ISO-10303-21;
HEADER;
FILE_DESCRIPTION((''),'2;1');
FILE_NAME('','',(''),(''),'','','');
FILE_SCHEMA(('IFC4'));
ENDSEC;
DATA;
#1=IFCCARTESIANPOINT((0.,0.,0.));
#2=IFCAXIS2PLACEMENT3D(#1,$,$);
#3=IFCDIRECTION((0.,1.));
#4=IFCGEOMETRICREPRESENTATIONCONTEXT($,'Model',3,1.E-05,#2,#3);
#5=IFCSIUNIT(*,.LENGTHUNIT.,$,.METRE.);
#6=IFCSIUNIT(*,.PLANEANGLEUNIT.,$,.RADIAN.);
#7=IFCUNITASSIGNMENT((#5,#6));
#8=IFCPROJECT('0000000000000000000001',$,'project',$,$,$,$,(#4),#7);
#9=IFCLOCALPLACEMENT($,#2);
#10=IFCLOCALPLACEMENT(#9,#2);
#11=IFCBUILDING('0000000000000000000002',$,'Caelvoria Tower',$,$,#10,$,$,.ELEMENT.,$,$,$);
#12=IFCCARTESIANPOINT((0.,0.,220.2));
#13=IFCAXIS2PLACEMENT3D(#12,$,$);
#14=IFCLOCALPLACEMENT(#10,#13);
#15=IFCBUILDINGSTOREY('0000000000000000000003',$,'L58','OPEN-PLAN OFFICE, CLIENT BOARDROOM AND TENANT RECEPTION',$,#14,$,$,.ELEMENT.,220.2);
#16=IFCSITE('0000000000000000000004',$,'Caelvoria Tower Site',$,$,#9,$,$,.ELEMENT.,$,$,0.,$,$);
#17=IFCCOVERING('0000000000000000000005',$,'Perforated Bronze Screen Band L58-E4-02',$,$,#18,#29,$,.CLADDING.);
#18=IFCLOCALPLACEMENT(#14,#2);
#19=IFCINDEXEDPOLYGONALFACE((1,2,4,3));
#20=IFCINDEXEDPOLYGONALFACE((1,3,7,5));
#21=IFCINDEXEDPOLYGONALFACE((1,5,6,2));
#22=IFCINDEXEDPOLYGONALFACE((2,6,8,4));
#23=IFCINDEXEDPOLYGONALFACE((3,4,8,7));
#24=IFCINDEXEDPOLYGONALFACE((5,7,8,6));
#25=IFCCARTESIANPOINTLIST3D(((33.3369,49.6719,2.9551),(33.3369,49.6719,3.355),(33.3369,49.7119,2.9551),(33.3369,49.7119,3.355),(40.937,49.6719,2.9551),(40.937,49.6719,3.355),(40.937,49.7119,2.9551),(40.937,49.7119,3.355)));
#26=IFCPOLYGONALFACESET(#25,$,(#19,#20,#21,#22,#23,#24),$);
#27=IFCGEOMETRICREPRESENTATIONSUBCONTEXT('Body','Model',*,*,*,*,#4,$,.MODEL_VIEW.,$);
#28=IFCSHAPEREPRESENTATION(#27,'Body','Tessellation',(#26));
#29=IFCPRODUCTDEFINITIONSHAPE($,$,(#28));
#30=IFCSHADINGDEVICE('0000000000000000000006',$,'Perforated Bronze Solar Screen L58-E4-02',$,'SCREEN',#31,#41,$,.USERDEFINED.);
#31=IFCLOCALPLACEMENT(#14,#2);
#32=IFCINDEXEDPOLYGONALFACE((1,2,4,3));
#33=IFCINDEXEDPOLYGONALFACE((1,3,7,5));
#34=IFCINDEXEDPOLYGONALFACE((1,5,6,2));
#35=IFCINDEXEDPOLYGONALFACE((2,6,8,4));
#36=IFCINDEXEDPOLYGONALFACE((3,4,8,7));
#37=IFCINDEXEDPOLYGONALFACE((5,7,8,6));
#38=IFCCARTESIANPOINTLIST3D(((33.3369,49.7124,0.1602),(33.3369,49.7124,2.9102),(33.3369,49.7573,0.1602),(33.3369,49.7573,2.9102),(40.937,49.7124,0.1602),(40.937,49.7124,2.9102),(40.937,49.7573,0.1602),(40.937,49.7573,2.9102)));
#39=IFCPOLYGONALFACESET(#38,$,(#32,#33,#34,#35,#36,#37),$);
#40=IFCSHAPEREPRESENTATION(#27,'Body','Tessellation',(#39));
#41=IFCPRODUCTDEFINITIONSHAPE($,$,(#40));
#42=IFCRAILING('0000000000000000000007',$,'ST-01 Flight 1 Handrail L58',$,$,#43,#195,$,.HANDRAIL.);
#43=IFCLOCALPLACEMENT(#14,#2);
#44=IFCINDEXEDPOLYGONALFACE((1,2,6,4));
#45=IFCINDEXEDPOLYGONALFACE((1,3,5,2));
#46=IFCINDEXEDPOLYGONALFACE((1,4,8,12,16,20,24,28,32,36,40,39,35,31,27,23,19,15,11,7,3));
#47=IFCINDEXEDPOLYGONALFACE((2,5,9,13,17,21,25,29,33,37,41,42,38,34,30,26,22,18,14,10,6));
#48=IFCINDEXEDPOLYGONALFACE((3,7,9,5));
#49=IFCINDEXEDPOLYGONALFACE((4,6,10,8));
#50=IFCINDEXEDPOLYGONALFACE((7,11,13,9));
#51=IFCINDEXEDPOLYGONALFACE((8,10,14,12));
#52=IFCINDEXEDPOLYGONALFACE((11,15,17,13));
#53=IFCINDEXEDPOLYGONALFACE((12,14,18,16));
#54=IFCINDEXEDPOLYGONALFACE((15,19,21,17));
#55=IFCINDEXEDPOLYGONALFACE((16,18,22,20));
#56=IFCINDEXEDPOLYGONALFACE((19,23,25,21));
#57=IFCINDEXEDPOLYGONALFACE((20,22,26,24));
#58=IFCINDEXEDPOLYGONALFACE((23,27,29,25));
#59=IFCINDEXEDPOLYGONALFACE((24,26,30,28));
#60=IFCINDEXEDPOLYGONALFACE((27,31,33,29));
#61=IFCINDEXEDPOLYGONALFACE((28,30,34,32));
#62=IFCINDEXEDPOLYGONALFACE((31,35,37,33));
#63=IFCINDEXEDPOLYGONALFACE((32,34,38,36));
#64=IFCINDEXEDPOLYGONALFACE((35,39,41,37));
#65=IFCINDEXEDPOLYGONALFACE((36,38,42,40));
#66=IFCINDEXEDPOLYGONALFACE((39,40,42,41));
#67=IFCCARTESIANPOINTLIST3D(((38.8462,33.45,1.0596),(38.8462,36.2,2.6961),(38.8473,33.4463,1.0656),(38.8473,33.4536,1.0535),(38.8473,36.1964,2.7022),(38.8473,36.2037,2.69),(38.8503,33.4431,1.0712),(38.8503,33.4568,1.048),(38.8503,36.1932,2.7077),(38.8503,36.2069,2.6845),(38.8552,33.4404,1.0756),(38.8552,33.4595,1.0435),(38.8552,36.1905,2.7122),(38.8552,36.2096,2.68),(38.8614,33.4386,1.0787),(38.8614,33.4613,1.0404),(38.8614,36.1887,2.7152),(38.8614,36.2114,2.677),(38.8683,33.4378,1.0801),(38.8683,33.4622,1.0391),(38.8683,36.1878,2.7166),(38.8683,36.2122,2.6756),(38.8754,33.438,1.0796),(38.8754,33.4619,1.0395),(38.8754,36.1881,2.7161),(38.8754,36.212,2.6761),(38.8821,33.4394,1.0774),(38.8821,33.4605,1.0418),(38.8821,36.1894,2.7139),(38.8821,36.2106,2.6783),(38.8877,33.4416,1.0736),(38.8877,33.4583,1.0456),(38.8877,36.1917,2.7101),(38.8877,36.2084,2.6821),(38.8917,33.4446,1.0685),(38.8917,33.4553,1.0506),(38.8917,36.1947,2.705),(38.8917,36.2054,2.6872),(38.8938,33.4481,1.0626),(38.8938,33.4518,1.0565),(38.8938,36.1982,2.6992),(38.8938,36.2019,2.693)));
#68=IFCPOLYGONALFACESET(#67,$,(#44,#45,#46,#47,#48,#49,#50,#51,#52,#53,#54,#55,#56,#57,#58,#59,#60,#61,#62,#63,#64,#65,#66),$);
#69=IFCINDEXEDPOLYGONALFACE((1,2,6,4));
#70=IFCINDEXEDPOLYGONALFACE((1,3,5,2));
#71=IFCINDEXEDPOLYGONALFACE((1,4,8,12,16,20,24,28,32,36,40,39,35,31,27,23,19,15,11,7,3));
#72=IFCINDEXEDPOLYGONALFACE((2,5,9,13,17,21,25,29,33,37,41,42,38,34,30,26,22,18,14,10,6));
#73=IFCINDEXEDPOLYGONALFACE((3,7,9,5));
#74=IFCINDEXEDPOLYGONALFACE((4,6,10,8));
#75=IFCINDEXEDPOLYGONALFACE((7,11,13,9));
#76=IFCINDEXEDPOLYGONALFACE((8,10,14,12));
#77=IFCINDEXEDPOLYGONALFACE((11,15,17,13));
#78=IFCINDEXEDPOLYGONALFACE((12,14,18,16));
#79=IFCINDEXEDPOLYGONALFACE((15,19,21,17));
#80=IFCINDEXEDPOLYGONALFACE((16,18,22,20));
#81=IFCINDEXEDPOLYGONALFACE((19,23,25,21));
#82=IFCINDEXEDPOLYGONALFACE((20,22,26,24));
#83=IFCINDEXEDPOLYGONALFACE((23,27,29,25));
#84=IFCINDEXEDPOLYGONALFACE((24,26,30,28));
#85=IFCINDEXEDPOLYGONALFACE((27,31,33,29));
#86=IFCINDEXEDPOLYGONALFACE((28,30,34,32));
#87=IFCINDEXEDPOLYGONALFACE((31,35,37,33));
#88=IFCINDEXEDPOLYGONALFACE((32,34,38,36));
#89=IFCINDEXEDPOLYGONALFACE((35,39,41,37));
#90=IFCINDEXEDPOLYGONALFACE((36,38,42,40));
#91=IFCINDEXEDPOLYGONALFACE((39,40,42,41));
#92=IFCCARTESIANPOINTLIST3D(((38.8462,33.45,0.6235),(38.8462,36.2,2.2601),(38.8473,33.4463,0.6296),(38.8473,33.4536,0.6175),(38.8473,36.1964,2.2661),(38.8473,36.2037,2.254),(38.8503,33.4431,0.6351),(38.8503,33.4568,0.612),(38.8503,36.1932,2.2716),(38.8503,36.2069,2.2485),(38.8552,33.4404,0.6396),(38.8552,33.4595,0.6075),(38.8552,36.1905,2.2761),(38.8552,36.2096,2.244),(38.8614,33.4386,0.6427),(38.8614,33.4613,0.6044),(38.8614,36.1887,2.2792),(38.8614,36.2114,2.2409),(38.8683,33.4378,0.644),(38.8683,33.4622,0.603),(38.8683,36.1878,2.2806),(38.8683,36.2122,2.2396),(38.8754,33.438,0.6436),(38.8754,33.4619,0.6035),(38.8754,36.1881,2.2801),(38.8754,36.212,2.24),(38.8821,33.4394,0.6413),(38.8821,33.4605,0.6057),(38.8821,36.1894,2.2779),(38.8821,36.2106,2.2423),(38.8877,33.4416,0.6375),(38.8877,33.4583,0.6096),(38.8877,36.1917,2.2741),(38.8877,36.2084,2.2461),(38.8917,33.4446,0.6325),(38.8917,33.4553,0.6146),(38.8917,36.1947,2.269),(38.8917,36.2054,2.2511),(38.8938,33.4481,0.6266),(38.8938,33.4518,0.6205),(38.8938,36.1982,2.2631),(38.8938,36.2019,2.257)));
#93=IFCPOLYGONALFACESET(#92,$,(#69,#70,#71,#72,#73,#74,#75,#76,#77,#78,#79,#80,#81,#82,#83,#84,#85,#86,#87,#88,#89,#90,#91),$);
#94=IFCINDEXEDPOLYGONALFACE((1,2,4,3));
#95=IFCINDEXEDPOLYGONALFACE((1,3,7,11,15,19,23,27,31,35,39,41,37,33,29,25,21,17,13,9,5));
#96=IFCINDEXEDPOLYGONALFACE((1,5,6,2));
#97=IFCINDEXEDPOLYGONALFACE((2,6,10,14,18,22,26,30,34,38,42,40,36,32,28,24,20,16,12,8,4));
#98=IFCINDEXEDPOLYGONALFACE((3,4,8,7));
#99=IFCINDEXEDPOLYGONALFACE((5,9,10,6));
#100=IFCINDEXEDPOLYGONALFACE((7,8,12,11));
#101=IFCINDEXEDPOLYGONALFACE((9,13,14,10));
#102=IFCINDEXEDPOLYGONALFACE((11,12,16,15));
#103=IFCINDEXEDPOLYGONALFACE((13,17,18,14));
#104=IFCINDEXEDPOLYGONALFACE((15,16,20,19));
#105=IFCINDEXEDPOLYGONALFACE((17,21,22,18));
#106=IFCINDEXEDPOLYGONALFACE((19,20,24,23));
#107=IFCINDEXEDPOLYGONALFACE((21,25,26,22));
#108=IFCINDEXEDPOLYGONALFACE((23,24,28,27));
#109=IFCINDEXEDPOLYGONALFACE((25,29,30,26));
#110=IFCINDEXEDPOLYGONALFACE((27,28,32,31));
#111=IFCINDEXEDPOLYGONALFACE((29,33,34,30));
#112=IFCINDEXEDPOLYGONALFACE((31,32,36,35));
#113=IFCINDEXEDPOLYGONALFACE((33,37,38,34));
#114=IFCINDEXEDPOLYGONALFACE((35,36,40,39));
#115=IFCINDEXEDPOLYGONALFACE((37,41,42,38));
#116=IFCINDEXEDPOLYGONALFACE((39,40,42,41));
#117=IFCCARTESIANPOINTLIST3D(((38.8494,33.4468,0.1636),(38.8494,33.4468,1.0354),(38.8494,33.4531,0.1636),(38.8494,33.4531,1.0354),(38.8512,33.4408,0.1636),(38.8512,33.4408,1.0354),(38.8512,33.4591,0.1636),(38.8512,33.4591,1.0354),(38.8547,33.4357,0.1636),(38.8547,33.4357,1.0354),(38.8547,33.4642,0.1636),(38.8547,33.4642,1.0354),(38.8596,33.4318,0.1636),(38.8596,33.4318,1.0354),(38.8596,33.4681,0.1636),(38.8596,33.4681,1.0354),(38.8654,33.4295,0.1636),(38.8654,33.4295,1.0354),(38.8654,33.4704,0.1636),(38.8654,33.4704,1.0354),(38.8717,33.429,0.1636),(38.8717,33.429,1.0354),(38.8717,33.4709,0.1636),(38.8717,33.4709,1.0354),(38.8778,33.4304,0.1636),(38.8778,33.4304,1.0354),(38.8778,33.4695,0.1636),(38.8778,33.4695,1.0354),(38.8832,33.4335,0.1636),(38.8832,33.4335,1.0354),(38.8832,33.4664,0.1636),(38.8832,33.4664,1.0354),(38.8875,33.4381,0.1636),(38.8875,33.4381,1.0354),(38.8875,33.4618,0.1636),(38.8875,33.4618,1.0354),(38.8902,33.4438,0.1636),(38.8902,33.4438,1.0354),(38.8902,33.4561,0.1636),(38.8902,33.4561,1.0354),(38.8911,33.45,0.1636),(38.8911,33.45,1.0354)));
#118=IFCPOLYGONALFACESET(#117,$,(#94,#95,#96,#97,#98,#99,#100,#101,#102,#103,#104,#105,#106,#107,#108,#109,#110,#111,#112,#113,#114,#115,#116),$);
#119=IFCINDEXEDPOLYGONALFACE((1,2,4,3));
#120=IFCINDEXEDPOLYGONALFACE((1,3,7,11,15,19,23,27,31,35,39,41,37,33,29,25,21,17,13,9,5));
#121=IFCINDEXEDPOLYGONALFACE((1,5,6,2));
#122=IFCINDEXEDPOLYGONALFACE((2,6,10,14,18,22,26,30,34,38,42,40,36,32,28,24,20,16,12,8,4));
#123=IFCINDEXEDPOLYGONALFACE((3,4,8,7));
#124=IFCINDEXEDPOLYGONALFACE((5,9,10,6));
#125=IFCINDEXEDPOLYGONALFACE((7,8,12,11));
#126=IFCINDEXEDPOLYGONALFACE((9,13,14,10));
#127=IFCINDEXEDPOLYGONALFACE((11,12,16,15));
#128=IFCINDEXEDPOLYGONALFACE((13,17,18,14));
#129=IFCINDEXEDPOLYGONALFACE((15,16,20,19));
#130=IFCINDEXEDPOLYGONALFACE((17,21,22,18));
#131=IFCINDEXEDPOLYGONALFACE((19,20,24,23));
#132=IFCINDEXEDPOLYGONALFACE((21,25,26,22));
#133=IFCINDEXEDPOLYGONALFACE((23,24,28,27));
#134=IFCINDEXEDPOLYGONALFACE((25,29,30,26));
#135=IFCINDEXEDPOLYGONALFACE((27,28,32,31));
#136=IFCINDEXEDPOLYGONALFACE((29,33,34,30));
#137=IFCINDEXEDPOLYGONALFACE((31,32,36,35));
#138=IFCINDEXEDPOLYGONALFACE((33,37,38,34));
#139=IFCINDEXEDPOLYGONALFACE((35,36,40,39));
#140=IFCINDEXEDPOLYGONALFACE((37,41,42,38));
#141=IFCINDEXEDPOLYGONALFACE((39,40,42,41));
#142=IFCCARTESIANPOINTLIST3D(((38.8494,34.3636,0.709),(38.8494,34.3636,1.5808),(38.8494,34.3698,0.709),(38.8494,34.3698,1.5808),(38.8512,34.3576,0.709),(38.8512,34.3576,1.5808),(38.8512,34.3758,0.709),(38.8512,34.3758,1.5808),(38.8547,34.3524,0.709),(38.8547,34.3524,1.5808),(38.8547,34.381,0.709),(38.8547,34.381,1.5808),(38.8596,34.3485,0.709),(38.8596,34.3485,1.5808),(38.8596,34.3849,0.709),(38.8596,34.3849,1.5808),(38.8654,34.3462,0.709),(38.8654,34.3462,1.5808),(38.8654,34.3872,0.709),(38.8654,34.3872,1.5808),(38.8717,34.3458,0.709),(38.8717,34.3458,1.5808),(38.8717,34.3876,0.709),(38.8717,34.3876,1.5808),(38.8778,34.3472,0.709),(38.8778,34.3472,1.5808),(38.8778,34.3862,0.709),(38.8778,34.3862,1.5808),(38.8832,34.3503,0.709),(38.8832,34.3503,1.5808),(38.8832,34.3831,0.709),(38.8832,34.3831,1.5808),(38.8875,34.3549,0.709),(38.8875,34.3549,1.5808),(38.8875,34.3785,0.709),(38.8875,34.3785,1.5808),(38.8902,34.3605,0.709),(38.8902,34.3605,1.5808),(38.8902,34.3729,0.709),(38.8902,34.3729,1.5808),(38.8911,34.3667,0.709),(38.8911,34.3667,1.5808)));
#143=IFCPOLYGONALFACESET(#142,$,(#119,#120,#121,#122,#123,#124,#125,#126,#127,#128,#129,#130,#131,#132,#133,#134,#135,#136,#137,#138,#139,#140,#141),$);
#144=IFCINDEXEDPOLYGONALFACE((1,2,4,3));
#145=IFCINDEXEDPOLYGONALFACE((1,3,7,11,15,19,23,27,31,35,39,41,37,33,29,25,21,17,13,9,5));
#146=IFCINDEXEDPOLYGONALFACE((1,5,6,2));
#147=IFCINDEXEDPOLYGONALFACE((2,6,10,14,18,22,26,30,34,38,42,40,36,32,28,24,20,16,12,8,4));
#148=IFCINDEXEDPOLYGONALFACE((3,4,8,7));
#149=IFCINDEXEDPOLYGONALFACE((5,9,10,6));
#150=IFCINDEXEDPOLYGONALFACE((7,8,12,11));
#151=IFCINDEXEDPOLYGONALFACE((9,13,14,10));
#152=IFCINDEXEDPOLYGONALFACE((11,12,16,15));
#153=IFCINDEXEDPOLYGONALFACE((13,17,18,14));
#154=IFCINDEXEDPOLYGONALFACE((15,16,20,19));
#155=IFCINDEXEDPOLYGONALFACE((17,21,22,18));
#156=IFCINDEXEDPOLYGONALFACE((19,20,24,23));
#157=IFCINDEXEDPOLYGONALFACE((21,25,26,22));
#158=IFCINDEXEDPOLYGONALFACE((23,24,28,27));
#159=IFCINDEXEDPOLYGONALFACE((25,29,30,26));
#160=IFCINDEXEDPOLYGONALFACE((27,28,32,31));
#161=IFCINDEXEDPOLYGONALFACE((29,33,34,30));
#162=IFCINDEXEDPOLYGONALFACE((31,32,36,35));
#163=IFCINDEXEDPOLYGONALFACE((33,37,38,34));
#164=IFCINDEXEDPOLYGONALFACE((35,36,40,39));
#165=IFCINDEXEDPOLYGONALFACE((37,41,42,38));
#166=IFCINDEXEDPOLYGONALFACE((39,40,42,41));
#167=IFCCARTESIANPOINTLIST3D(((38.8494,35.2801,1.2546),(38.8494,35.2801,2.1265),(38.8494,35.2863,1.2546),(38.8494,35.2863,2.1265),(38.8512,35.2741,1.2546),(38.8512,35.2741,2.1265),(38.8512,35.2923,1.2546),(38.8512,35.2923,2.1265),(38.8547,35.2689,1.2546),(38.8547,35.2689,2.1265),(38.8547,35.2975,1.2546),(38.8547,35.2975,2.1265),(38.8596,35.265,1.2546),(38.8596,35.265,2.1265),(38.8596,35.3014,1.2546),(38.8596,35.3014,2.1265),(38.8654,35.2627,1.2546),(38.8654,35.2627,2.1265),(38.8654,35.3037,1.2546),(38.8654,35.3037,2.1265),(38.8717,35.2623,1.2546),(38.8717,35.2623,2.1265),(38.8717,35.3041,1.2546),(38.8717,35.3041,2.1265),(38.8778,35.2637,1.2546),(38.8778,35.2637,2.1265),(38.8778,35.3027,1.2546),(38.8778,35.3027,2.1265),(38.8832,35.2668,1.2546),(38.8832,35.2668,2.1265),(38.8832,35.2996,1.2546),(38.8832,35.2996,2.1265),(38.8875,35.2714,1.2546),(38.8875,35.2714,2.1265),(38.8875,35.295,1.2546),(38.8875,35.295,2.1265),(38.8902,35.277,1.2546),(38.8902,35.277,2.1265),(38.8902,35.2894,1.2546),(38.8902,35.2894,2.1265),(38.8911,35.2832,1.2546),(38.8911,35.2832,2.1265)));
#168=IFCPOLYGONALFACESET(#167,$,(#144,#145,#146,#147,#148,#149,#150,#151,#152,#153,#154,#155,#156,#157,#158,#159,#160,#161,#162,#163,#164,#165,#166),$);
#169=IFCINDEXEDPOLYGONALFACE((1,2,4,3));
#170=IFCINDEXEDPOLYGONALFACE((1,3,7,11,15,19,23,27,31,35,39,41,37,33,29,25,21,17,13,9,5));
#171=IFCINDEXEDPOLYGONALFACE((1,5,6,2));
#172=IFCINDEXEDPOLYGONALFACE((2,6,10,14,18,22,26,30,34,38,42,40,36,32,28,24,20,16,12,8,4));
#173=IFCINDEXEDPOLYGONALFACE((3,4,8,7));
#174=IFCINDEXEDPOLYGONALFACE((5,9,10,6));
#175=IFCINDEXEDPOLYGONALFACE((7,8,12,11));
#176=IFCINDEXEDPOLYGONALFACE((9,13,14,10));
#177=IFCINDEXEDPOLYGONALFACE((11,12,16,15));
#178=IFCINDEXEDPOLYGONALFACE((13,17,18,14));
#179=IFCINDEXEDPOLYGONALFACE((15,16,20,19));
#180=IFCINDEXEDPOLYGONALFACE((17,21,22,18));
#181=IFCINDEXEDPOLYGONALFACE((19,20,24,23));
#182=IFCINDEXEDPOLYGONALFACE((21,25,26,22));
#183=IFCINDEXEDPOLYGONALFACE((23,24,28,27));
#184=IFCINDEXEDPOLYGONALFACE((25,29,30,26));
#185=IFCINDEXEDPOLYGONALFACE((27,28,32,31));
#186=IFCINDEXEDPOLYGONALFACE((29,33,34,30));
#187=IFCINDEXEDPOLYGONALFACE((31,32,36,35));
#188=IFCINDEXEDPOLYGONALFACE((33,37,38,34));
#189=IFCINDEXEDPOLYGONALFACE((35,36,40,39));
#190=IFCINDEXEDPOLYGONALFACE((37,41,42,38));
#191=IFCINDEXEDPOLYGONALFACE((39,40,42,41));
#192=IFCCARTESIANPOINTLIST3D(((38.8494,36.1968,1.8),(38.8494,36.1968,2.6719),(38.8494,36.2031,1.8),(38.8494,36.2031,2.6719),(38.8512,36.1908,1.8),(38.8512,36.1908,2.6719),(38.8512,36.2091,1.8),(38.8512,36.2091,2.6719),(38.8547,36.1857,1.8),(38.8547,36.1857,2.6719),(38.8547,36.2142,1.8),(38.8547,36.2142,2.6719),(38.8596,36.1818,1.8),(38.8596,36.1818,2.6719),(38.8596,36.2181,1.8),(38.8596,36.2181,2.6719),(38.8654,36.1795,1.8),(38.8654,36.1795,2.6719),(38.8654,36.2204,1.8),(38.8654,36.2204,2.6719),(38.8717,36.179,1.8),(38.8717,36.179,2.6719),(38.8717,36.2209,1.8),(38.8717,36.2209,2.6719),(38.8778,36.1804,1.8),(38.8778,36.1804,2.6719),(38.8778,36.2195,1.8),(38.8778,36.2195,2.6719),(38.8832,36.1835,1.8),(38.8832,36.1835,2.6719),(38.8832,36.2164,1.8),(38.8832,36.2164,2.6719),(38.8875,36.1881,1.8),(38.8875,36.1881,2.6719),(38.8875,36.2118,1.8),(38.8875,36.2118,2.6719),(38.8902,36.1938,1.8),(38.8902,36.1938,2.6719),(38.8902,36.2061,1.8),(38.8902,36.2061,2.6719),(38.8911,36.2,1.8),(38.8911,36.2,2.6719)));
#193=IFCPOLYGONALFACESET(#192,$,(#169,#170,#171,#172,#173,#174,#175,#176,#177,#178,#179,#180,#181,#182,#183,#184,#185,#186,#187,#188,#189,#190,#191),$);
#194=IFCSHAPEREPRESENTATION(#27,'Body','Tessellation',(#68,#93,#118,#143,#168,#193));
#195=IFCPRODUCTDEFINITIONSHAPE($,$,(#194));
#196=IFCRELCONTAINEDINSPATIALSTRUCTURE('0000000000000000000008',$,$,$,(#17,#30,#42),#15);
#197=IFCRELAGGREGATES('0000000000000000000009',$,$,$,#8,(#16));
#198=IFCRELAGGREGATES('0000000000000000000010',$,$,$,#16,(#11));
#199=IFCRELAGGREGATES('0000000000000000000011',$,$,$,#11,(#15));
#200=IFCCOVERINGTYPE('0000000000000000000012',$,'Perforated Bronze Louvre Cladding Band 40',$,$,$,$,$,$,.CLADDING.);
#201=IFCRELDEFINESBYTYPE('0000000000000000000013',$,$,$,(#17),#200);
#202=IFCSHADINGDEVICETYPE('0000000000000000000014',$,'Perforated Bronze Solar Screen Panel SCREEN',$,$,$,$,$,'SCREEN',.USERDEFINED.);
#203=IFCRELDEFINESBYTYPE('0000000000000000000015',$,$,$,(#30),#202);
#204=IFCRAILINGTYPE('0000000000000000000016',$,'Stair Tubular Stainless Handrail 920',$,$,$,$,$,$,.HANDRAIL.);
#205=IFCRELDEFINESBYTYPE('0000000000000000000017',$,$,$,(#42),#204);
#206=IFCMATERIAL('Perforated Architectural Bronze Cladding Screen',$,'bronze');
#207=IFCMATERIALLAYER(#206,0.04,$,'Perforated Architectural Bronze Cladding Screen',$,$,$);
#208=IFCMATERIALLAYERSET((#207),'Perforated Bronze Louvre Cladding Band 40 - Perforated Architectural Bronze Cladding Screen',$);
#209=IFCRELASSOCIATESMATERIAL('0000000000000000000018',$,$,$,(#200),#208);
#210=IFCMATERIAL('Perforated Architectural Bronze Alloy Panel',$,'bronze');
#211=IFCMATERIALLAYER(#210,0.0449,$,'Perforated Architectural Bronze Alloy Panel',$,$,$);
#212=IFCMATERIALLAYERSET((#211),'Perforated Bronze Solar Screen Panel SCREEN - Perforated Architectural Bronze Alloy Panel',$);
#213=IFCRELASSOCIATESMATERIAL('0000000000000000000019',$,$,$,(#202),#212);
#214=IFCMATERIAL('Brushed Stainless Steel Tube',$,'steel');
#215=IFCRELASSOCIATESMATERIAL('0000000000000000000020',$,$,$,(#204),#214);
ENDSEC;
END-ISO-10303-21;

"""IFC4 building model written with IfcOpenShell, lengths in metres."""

from ifc_helpers import new_model, si_unit, direction, frame, origin, origin_2d, place, context, subcontext, project, spatial, rectangle, circle, extrude, material, layer, layer_set, type_object, element, save


model = new_model("IFC4")

# Units and contexts
model_context = context("Model", 3, precision=1e-05, world=origin(), true_north=direction((0.0, 1.0)))
body_context = subcontext(model_context, "Body", "Model", "MODEL_VIEW")
ifc_project = project(units=[si_unit("LENGTHUNIT", "METRE"), si_unit("PLANEANGLEUNIT", "RADIAN")], contexts=[model_context])

# Site, building, storey
site_placement = place(None, origin())
site = spatial("IfcSite", under=ifc_project, at=site_placement, Name="Caelvoria Tower Site", CompositionType="ELEMENT", RefElevation=0.0)
building_placement = place(site_placement, origin())
building = spatial("IfcBuilding", under=site, at=building_placement, Name="Caelvoria Tower", CompositionType="ELEMENT")
storey_placement = place(building_placement, frame((0.0, 0.0, 220.2)))
storey = spatial("IfcBuildingStorey", under=building, at=storey_placement, Name="L58", Description="OPEN-PLAN OFFICE, CLIENT BOARDROOM AND TENANT RECEPTION", CompositionType="ELEMENT", Elevation=220.2)

# Covering
ifc_material_1 = material(Name="Perforated Architectural Bronze Cladding Screen", Category="bronze")
ifc_layer_1 = layer(ifc_material_1, 0.04, Name="Perforated Architectural Bronze Cladding Screen")
ifc_layer_set_1 = layer_set([ifc_layer_1], Name="Perforated Bronze Louvre Cladding Band 40 - Perforated Architectural Bronze Cladding Screen")
covering_type = type_object("IfcCoveringType", Name="Perforated Bronze Louvre Cladding Band 40", PredefinedType="CLADDING", material=ifc_layer_set_1)
covering_placement = place(storey_placement, frame((37.137, 49.6919, 2.9551), z_axis=(0.0, 0.0, 1.0), x_axis=(-1.0, 0.0, 0.0)))
element("IfcCovering", 1, at=covering_placement, inside=storey, type_object=covering_type, Name="Perforated Bronze Screen Band L58-E4-02", PredefinedType="CLADDING", context=body_context, shape_type="SweptSolid", body=[
    extrude(rectangle(XDim=7.6001, YDim=0.04, at=origin_2d()), origin(), (0.0, 0.0, 1.0), 0.3999),
])

# Shading device
ifc_material_2 = material(Name="Perforated Architectural Bronze Alloy Panel", Category="bronze")
ifc_layer_2 = layer(ifc_material_2, 0.0449, Name="Perforated Architectural Bronze Alloy Panel")
ifc_layer_set_2 = layer_set([ifc_layer_2], Name="Perforated Bronze Solar Screen Panel SCREEN - Perforated Architectural Bronze Alloy Panel")
shading_device_type = type_object("IfcShadingDeviceType", Name="Perforated Bronze Solar Screen Panel SCREEN", ElementType="SCREEN", PredefinedType="USERDEFINED", material=ifc_layer_set_2)
shading_device_placement = place(storey_placement, frame((37.137, 49.7349, 0.1602), z_axis=(0.0, 0.0, 1.0), x_axis=(-1.0, 0.0, 0.0)))
element("IfcShadingDevice", 2, at=shading_device_placement, inside=storey, type_object=shading_device_type, Name="Perforated Bronze Solar Screen L58-E4-02", ObjectType="SCREEN", PredefinedType="USERDEFINED", context=body_context, shape_type="SweptSolid", body=[
    extrude(rectangle(XDim=7.6001, YDim=0.0449, at=origin_2d()), origin(), (0.0, 0.0, 1.0), 2.75),
])

# Railing
ifc_material_3 = material(Name="Brushed Stainless Steel Tube", Category="steel")
railing_type_1 = type_object("IfcRailingType", Name="Stair Tubular Stainless Handrail 920", PredefinedType="HANDRAIL", material=ifc_material_3)
railing_1_placement = place(storey_placement, frame((38.8701, 33.45, 0.1636)))
element("IfcRailing", 3, at=railing_1_placement, inside=storey, type_object=railing_type_1, Name="ST-01 Flight 1 Handrail L58", PredefinedType="HANDRAIL", context=body_context, shape_type="SweptSolid", body=[
    extrude(circle(Radius=0.0239, at=origin_2d()), frame((0.0, 0.0, 0.896), z_axis=(0.0, 0.859352, 0.511385), x_axis=(-1.0, 0.0, 0.0)), (0.0, 0.0, 1.0), 3.2002),
    extrude(circle(Radius=0.0239, at=origin_2d()), frame((0.0, 0.0, 0.46), z_axis=(0.0, 0.859352, 0.511385), x_axis=(-1.0, 0.0, 0.0)), (0.0, 0.0, 1.0), 3.2002),
    extrude(circle(Radius=0.021, at=origin_2d()), origin(), (0.0, 0.0, 1.0), 0.8718),
    extrude(circle(Radius=0.021, at=origin_2d()), frame((0.0, 0.9167, 0.5454)), (0.0, 0.0, 1.0), 0.8718),
    extrude(circle(Radius=0.021, at=origin_2d()), frame((0.0, 1.8333, 1.0911)), (0.0, 0.0, 1.0), 0.8718),
    extrude(circle(Radius=0.021, at=origin_2d()), frame((0.0, 2.75, 1.6365)), (0.0, 0.0, 1.0), 0.8718),
])

save(model, "model.ifc")
